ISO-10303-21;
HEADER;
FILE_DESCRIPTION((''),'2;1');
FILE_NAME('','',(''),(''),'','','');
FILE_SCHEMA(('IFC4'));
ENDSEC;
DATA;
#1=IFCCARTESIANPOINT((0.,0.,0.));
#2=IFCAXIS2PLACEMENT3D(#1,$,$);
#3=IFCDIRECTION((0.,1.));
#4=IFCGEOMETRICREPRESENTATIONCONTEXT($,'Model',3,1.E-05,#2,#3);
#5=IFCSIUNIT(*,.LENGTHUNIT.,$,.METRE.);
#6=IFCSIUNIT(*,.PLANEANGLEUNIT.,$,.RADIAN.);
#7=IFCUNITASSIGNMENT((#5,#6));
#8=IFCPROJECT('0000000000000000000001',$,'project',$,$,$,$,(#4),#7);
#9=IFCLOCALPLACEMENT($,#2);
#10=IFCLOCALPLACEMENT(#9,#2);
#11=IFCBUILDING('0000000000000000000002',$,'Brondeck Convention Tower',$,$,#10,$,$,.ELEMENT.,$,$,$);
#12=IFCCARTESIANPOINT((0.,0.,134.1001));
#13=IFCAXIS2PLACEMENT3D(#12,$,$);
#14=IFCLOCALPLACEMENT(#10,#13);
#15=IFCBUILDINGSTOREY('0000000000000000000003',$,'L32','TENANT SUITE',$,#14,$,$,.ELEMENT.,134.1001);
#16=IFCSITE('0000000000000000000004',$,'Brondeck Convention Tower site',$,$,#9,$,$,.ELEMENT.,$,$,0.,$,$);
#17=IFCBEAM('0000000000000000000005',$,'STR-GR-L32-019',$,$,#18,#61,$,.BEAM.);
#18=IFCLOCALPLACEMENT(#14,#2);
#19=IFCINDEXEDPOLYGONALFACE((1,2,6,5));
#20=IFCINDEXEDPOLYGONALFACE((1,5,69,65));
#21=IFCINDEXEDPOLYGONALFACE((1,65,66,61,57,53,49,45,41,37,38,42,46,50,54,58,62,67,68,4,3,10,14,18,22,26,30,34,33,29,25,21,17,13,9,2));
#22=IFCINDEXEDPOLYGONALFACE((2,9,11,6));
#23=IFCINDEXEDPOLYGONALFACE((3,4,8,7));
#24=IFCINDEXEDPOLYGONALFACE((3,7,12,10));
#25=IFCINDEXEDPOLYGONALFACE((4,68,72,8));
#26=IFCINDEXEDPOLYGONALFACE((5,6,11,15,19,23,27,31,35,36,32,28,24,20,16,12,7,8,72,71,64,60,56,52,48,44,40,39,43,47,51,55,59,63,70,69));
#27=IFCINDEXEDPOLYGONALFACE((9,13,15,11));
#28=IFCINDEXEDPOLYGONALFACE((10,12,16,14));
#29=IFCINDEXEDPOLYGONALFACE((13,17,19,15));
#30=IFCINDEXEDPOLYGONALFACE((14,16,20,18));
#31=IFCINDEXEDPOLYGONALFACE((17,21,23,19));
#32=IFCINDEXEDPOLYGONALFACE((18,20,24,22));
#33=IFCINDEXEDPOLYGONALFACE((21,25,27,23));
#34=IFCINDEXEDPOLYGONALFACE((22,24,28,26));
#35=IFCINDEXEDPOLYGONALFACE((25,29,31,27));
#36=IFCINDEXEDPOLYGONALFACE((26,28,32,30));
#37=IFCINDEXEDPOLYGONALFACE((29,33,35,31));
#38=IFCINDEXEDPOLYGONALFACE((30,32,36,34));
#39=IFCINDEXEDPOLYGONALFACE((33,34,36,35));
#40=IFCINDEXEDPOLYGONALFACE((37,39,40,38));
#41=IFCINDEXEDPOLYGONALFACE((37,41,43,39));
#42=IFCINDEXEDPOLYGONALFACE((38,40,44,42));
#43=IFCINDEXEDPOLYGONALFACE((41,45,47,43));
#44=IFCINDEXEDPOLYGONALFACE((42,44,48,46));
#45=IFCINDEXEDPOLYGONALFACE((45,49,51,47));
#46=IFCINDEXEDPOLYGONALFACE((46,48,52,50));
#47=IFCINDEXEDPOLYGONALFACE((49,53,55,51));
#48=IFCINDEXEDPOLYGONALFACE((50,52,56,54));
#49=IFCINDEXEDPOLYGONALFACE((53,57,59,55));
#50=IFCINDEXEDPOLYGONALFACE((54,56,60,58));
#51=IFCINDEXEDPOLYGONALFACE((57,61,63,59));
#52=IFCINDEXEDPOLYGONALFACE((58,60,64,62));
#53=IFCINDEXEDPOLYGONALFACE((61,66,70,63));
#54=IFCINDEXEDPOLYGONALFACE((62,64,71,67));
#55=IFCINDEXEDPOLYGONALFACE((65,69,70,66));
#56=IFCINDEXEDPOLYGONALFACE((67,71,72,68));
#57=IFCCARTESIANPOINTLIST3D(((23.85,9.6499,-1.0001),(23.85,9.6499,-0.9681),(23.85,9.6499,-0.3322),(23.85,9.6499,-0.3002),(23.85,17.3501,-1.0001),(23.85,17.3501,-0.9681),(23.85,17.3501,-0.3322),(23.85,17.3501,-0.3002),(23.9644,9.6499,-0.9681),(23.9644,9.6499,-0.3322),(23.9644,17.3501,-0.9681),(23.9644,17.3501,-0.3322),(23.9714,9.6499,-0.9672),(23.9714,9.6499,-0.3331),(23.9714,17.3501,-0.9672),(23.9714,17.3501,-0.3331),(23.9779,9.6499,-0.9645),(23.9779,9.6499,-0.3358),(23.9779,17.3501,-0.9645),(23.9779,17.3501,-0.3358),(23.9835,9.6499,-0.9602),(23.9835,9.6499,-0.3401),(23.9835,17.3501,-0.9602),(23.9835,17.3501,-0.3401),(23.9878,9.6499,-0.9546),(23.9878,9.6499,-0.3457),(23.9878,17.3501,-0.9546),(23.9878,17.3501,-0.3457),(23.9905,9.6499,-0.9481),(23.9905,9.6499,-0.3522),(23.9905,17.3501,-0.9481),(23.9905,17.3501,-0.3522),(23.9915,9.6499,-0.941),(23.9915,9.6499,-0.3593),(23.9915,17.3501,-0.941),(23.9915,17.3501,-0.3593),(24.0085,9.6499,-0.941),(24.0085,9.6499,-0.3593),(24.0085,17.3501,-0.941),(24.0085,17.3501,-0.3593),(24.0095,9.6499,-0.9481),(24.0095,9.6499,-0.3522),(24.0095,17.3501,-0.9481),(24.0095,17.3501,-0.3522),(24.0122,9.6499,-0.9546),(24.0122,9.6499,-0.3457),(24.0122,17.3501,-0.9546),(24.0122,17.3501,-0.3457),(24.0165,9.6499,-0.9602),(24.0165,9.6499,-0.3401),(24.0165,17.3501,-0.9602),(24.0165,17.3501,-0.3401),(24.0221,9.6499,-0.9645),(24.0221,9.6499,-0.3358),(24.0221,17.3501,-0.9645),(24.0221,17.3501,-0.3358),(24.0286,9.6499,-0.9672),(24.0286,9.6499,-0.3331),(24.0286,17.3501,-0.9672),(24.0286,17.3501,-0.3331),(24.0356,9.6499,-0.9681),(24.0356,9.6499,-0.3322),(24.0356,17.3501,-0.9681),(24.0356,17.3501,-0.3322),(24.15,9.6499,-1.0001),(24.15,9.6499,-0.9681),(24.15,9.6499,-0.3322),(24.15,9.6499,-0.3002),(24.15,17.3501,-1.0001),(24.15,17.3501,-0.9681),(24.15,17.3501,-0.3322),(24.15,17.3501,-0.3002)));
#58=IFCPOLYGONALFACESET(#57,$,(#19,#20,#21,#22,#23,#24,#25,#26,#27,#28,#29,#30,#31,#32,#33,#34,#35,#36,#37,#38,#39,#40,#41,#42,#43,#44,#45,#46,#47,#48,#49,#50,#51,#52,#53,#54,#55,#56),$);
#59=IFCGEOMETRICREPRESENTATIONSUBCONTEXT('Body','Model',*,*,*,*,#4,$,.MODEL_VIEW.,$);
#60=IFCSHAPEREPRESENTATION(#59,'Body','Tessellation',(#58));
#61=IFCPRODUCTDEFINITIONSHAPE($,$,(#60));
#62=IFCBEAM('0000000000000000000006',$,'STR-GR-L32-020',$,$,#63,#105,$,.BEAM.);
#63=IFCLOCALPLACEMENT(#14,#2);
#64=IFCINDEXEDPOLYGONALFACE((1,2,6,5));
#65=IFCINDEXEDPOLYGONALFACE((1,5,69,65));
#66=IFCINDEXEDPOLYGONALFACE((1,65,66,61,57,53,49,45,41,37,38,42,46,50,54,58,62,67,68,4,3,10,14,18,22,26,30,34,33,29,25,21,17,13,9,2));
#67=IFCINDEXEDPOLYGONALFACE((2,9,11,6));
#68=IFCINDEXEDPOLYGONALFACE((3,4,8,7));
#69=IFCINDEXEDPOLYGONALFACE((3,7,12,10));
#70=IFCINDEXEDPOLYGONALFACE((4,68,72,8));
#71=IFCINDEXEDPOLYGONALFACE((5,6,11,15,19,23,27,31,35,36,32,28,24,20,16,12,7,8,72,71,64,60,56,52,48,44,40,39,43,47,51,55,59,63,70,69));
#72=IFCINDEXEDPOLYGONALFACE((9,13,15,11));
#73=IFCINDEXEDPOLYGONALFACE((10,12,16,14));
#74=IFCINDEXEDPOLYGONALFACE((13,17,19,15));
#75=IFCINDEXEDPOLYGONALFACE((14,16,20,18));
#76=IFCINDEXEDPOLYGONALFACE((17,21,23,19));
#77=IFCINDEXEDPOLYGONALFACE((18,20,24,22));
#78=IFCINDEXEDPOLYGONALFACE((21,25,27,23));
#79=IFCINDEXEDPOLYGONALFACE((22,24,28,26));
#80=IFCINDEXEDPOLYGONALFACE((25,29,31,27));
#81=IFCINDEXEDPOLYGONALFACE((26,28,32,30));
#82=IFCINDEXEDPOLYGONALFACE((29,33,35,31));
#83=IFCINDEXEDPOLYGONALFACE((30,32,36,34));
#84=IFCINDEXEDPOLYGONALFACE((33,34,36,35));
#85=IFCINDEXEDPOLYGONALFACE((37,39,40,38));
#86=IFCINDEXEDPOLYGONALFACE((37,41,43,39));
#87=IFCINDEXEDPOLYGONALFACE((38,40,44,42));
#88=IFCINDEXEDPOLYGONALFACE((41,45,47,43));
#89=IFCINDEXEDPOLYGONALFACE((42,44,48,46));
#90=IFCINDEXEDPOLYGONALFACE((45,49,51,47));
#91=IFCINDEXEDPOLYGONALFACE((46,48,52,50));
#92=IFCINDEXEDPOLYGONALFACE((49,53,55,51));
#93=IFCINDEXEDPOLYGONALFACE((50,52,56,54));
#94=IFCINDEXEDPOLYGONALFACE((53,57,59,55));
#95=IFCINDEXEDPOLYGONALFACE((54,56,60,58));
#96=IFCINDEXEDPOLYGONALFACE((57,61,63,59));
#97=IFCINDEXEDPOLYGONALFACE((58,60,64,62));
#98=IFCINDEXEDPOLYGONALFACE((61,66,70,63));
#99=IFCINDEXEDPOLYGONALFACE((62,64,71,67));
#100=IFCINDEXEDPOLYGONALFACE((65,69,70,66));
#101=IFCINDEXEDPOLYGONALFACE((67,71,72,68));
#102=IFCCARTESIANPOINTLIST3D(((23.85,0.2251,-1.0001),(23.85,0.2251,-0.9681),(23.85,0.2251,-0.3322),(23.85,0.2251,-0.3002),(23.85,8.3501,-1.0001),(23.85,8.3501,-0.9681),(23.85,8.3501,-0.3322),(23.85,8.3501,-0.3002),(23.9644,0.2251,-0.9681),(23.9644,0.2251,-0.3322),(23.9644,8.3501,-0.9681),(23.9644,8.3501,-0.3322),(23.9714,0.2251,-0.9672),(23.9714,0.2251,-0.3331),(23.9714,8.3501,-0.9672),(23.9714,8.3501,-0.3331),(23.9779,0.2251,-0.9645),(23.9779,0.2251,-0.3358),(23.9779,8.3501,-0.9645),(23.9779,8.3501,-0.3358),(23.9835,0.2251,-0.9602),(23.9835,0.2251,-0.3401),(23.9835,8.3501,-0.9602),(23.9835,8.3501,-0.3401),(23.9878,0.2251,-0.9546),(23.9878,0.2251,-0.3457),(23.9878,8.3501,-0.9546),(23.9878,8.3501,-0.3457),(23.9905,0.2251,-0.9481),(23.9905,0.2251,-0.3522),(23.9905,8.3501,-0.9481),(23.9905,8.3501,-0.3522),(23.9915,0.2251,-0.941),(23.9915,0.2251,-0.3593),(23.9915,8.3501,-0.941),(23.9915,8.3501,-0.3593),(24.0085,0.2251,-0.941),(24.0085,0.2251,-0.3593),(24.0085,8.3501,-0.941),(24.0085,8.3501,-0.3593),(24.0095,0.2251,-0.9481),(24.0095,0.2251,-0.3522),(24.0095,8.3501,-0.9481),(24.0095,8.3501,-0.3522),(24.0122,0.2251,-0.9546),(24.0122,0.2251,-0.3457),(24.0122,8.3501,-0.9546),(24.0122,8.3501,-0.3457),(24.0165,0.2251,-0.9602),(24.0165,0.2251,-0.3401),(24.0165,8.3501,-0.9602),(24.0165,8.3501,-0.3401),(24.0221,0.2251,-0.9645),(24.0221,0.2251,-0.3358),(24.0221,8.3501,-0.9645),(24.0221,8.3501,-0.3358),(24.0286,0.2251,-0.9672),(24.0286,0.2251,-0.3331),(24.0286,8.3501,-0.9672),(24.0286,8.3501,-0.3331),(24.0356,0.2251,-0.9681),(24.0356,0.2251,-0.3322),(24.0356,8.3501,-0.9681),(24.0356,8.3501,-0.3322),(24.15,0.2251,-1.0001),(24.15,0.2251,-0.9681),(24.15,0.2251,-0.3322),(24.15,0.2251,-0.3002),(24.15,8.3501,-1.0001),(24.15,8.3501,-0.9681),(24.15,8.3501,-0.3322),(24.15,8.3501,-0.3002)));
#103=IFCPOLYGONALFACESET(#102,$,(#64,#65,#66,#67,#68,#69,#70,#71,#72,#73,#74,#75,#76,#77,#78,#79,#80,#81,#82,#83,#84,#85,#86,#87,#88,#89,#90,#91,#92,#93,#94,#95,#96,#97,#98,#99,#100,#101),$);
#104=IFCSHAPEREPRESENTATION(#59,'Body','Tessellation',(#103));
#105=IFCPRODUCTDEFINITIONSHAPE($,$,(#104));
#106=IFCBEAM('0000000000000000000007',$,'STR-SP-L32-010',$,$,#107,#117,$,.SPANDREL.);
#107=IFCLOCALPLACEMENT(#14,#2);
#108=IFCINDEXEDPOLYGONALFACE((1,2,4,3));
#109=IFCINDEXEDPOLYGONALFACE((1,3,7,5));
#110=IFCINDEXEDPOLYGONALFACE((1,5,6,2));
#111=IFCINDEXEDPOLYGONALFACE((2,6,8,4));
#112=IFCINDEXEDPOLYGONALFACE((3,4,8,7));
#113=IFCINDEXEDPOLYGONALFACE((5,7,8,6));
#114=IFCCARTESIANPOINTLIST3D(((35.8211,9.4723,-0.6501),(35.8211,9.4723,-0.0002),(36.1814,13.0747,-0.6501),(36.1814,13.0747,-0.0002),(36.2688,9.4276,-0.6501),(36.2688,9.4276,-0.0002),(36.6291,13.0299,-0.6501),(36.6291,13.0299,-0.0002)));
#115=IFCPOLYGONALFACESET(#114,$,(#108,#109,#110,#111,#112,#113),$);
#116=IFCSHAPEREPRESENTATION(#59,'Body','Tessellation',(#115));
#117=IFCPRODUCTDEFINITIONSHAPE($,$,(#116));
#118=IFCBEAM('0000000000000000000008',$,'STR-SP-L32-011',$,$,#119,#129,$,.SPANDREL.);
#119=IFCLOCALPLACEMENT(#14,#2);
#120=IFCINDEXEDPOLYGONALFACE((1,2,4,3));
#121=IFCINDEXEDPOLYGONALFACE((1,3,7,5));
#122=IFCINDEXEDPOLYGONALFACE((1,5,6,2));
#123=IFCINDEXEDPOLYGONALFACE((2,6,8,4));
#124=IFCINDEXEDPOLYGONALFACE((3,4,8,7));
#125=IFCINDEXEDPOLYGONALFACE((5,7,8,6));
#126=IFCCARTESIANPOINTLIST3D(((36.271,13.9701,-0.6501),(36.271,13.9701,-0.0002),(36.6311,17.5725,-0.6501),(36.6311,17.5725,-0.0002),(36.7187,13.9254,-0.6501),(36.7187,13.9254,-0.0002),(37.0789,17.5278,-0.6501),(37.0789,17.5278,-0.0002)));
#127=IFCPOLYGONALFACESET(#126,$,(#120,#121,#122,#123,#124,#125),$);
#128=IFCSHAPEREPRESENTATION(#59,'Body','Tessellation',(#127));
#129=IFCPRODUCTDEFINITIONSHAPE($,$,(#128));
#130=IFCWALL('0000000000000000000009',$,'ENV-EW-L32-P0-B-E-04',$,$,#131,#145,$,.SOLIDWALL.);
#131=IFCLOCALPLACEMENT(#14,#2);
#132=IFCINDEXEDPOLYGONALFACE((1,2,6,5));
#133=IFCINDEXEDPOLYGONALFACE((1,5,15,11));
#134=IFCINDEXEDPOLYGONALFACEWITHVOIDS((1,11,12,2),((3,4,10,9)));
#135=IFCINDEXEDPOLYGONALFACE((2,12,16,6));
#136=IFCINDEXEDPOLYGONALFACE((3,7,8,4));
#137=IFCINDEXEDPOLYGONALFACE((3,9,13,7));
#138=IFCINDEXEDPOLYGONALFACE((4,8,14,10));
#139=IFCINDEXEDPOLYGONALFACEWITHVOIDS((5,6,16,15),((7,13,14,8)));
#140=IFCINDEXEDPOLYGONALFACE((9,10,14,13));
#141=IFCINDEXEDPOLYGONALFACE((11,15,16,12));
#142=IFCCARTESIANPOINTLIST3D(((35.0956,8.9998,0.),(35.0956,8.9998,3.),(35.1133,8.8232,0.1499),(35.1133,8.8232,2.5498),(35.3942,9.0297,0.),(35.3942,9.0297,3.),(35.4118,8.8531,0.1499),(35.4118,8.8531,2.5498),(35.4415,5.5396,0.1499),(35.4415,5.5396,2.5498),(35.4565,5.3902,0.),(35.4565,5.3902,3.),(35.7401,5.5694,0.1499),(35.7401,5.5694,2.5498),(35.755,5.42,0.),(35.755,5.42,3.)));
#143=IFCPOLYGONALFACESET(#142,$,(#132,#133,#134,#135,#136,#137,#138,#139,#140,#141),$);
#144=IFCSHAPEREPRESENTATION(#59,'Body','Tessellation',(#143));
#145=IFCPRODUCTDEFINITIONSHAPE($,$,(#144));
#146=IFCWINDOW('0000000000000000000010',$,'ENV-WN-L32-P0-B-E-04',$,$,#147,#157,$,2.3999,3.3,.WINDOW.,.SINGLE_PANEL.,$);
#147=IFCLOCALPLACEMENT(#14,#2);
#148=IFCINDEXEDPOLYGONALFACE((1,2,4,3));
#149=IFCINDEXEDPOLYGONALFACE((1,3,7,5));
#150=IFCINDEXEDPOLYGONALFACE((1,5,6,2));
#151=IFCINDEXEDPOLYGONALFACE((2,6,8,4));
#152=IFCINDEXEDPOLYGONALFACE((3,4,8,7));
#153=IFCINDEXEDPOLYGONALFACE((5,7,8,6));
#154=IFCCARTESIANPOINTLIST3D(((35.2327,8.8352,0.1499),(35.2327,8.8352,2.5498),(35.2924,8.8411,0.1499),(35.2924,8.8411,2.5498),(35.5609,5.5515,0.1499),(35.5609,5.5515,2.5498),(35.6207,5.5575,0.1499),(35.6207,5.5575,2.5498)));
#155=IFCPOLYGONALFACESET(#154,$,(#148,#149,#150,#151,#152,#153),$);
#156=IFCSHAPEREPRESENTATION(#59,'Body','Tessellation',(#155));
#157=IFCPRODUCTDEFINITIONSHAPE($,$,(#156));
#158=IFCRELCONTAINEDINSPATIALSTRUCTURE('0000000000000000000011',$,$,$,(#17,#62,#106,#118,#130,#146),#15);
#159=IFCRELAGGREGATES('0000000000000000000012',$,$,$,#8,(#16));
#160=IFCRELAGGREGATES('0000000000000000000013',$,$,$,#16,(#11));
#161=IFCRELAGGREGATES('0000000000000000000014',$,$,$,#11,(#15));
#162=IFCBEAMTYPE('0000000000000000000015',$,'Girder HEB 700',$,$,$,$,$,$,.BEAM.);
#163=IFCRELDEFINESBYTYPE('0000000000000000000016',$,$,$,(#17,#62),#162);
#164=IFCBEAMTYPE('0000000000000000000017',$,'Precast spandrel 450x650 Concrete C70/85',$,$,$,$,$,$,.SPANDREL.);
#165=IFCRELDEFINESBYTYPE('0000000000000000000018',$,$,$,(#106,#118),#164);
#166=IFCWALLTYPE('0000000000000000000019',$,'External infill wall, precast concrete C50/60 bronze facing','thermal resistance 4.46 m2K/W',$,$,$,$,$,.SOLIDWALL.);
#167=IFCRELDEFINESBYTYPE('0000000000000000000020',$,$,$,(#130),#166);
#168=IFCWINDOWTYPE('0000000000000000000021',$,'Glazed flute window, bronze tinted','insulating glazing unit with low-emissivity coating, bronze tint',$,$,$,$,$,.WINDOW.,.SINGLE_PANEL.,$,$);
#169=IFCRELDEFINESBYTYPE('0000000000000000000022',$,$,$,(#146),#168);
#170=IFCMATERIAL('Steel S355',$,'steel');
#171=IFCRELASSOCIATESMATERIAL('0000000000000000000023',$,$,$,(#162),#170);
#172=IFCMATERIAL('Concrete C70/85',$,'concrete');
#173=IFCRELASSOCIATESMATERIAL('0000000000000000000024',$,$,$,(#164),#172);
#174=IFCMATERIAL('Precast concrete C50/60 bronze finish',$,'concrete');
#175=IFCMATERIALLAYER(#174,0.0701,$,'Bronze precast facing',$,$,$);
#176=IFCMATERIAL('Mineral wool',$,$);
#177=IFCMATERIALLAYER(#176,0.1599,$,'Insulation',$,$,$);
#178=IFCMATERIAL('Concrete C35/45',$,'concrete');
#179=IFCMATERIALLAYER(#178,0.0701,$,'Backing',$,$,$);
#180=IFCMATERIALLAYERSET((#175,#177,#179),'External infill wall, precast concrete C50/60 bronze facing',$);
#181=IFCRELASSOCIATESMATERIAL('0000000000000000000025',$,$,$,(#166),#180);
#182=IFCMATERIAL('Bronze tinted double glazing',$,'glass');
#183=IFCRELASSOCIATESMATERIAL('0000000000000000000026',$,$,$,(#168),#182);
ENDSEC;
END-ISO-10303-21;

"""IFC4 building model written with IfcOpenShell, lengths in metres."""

from ifc_helpers import new_model, si_unit, direction, frame, frame_2d, origin, origin_2d, place, context, subcontext, project, spatial, rectangle, i_section, extrude, material, layer, layer_set, material_profile, profile_set, type_object, element, fill, save


model = new_model("IFC4")

# Units and contexts
model_context = context("Model", 3, precision=1e-05, world=origin(), true_north=direction((0.0, 1.0)))
body_context = subcontext(model_context, "Body", "Model", "MODEL_VIEW")
ifc_project = project(units=[si_unit("LENGTHUNIT", "METRE"), si_unit("PLANEANGLEUNIT", "RADIAN")], contexts=[model_context])

# Site, building, storey
site_placement = place(None, origin())
site = spatial("IfcSite", under=ifc_project, at=site_placement, Name="Brondeck Convention Tower site", CompositionType="ELEMENT", RefElevation=0.0)
building_placement = place(site_placement, origin())
building = spatial("IfcBuilding", under=site, at=building_placement, Name="Brondeck Convention Tower", CompositionType="ELEMENT")
storey_placement = place(building_placement, frame((0.0, 0.0, 134.1001)))
storey = spatial("IfcBuildingStorey", under=building, at=storey_placement, Name="L32", Description="TENANT SUITE", CompositionType="ELEMENT", Elevation=134.1001)

# Shared definitions
ifc_material_1 = material(Name="Concrete C70/85", Category="concrete")

# Beams
ifc_material_2 = material(Name="Steel S355", Category="steel")
ifc_material_profile_1 = material_profile(ifc_material_2, i_section(OverallWidth=0.3, OverallDepth=0.7, WebThickness=0.0171, FlangeThickness=0.032, FilletRadius=0.0271, at=origin_2d()), Name="HEB 700")
ifc_profile_set_1 = profile_set([ifc_material_profile_1], Name="Steel S355")
beam_type_1 = type_object("IfcBeamType", Name="Girder HEB 700", PredefinedType="BEAM", material=ifc_profile_set_1)
beam_1_placement = place(storey_placement, frame((24.0, 17.3501, -0.6501), z_axis=(0.0, -1.0, 0.0), x_axis=(1.0, 0.0, 0.0)))
element("IfcBeam", 1, at=beam_1_placement, inside=storey, type_object=beam_type_1, Name="STR-GR-L32-019", PredefinedType="BEAM", context=body_context, shape_type="SweptSolid", body=[
    extrude(i_section(OverallWidth=0.3, OverallDepth=0.7, WebThickness=0.0171, FlangeThickness=0.032, FilletRadius=0.0271, at=origin_2d()), origin(), (0.0, 0.0, 1.0), 7.7002),
])
beam_2_placement = place(storey_placement, frame((24.0, 8.3501, -0.6501), z_axis=(0.0, -1.0, 0.0), x_axis=(1.0, 0.0, 0.0)))
element("IfcBeam", 2, at=beam_2_placement, inside=storey, type_object=beam_type_1, Name="STR-GR-L32-020", PredefinedType="BEAM", context=body_context, shape_type="SweptSolid", body=[
    extrude(i_section(OverallWidth=0.3, OverallDepth=0.7, WebThickness=0.0171, FlangeThickness=0.032, FilletRadius=0.0271, at=origin_2d()), origin(), (0.0, 0.0, 1.0), 8.125),
])
ifc_material_profile_2 = material_profile(ifc_material_1, rectangle(XDim=0.45, YDim=0.6499, at=origin_2d()), Name="Precast spandrel 450x650 Concrete C70/85")
ifc_profile_set_2 = profile_set([ifc_material_profile_2], Name="Concrete C70/85")
beam_type_2 = type_object("IfcBeamType", Name="Precast spandrel 450x650 Concrete C70/85", PredefinedType="SPANDREL", material=ifc_profile_set_2)
for number, where, z_axis, x_axis, name in (
    (3, (36.0449, 9.45, -0.3252), (0.099537, 0.995034, 0.0), (-0.995034, 0.099537, 0.0), "STR-SP-L32-010"),
    (4, (36.4949, 13.9478, -0.3252), (0.09947, 0.995041, 0.0), (-0.995041, 0.09947, 0.0), "STR-SP-L32-011"),
):
    element("IfcBeam", number, at=place(storey_placement, frame(where, z_axis=z_axis, x_axis=x_axis)), inside=storey, type_object=beam_type_2, Name=name, PredefinedType="SPANDREL", context=body_context, shape_type="SweptSolid", body=[
        extrude(rectangle(XDim=0.45, YDim=0.6499, at=origin_2d()), origin(), (0.0, 0.0, 1.0), 3.6204),
    ])

# Wall, opening, window
ifc_material_3 = material(Name="Precast concrete C50/60 bronze finish", Category="concrete")
ifc_layer_1 = layer(ifc_material_3, 0.0701, Name="Bronze precast facing")
ifc_material_4 = material(Name="Mineral wool")
ifc_layer_2 = layer(ifc_material_4, 0.1599, Name="Insulation")
ifc_material_5 = material(Name="Concrete C35/45", Category="concrete")
ifc_layer_3 = layer(ifc_material_5, 0.0701, Name="Backing")
ifc_layer_set = layer_set([ifc_layer_1, ifc_layer_2, ifc_layer_3], Name="External infill wall, precast concrete C50/60 bronze facing")
wall_type = type_object("IfcWallType", Name="External infill wall, precast concrete C50/60 bronze facing", Description="thermal resistance 4.46 m2K/W", PredefinedType="SOLIDWALL", material=ifc_layer_set)
wall_1_placement = place(storey_placement, frame((35.2449, 9.0149, 0.0), z_axis=(0.0, 0.0, 1.0), x_axis=(0.09947, -0.995041, 0.0)))
wall_1 = element("IfcWall", 5, at=wall_1_placement, inside=storey, type_object=wall_type, Name="ENV-EW-L32-P0-B-E-04", PredefinedType="SOLIDWALL", context=body_context, shape_type="SweptSolid", body=[
    extrude(rectangle(XDim=3.6277, YDim=0.3, at=frame_2d((1.814, 0.0))), origin(), (0.0, 0.0, 1.0), 3.0),
])
opening_1_placement = place(wall_1_placement, frame((0.1777, 0.0, 0.1499)))
opening_1 = element("IfcOpeningElement", 6, at=opening_1_placement, cuts=wall_1, PredefinedType="OPENING", context=body_context, shape_type="SweptSolid", body=[
    extrude(rectangle(XDim=3.3, YDim=2.3999, at=frame_2d((1.6499, 1.2))), frame((0.0, 0.1599, 0.0), z_axis=(0.0, -1.0, 0.0), x_axis=(1.0, 0.0, 0.0)), (0.0, 0.0, 1.0), 0.3201),
])
ifc_material_6 = material(Name="Bronze tinted double glazing", Category="glass")
window_type_1 = type_object("IfcWindowType", Name="Glazed flute window, bronze tinted", Description="insulating glazing unit with low-emissivity coating, bronze tint", PartitioningType="SINGLE_PANEL", PredefinedType="WINDOW", material=ifc_material_6)
window_1_placement = place(opening_1_placement, origin())
window_1 = element("IfcWindow", 7, at=window_1_placement, inside=storey, type_object=window_type_1, Name="ENV-WN-L32-P0-B-E-04", OverallHeight=2.3999, OverallWidth=3.3, PartitioningType="SINGLE_PANEL", PredefinedType="WINDOW", context=body_context, shape_type="SweptSolid", body=[
    extrude(rectangle(XDim=3.3, YDim=2.3999, at=frame_2d((1.6499, 1.2))), frame((0.0, 0.03, 0.0), z_axis=(0.0, -1.0, 0.0), x_axis=(1.0, 0.0, 0.0)), (0.0, 0.0, 1.0), 0.0601),
])
fill(opening_1, window_1)

save(model, "model.ifc")
